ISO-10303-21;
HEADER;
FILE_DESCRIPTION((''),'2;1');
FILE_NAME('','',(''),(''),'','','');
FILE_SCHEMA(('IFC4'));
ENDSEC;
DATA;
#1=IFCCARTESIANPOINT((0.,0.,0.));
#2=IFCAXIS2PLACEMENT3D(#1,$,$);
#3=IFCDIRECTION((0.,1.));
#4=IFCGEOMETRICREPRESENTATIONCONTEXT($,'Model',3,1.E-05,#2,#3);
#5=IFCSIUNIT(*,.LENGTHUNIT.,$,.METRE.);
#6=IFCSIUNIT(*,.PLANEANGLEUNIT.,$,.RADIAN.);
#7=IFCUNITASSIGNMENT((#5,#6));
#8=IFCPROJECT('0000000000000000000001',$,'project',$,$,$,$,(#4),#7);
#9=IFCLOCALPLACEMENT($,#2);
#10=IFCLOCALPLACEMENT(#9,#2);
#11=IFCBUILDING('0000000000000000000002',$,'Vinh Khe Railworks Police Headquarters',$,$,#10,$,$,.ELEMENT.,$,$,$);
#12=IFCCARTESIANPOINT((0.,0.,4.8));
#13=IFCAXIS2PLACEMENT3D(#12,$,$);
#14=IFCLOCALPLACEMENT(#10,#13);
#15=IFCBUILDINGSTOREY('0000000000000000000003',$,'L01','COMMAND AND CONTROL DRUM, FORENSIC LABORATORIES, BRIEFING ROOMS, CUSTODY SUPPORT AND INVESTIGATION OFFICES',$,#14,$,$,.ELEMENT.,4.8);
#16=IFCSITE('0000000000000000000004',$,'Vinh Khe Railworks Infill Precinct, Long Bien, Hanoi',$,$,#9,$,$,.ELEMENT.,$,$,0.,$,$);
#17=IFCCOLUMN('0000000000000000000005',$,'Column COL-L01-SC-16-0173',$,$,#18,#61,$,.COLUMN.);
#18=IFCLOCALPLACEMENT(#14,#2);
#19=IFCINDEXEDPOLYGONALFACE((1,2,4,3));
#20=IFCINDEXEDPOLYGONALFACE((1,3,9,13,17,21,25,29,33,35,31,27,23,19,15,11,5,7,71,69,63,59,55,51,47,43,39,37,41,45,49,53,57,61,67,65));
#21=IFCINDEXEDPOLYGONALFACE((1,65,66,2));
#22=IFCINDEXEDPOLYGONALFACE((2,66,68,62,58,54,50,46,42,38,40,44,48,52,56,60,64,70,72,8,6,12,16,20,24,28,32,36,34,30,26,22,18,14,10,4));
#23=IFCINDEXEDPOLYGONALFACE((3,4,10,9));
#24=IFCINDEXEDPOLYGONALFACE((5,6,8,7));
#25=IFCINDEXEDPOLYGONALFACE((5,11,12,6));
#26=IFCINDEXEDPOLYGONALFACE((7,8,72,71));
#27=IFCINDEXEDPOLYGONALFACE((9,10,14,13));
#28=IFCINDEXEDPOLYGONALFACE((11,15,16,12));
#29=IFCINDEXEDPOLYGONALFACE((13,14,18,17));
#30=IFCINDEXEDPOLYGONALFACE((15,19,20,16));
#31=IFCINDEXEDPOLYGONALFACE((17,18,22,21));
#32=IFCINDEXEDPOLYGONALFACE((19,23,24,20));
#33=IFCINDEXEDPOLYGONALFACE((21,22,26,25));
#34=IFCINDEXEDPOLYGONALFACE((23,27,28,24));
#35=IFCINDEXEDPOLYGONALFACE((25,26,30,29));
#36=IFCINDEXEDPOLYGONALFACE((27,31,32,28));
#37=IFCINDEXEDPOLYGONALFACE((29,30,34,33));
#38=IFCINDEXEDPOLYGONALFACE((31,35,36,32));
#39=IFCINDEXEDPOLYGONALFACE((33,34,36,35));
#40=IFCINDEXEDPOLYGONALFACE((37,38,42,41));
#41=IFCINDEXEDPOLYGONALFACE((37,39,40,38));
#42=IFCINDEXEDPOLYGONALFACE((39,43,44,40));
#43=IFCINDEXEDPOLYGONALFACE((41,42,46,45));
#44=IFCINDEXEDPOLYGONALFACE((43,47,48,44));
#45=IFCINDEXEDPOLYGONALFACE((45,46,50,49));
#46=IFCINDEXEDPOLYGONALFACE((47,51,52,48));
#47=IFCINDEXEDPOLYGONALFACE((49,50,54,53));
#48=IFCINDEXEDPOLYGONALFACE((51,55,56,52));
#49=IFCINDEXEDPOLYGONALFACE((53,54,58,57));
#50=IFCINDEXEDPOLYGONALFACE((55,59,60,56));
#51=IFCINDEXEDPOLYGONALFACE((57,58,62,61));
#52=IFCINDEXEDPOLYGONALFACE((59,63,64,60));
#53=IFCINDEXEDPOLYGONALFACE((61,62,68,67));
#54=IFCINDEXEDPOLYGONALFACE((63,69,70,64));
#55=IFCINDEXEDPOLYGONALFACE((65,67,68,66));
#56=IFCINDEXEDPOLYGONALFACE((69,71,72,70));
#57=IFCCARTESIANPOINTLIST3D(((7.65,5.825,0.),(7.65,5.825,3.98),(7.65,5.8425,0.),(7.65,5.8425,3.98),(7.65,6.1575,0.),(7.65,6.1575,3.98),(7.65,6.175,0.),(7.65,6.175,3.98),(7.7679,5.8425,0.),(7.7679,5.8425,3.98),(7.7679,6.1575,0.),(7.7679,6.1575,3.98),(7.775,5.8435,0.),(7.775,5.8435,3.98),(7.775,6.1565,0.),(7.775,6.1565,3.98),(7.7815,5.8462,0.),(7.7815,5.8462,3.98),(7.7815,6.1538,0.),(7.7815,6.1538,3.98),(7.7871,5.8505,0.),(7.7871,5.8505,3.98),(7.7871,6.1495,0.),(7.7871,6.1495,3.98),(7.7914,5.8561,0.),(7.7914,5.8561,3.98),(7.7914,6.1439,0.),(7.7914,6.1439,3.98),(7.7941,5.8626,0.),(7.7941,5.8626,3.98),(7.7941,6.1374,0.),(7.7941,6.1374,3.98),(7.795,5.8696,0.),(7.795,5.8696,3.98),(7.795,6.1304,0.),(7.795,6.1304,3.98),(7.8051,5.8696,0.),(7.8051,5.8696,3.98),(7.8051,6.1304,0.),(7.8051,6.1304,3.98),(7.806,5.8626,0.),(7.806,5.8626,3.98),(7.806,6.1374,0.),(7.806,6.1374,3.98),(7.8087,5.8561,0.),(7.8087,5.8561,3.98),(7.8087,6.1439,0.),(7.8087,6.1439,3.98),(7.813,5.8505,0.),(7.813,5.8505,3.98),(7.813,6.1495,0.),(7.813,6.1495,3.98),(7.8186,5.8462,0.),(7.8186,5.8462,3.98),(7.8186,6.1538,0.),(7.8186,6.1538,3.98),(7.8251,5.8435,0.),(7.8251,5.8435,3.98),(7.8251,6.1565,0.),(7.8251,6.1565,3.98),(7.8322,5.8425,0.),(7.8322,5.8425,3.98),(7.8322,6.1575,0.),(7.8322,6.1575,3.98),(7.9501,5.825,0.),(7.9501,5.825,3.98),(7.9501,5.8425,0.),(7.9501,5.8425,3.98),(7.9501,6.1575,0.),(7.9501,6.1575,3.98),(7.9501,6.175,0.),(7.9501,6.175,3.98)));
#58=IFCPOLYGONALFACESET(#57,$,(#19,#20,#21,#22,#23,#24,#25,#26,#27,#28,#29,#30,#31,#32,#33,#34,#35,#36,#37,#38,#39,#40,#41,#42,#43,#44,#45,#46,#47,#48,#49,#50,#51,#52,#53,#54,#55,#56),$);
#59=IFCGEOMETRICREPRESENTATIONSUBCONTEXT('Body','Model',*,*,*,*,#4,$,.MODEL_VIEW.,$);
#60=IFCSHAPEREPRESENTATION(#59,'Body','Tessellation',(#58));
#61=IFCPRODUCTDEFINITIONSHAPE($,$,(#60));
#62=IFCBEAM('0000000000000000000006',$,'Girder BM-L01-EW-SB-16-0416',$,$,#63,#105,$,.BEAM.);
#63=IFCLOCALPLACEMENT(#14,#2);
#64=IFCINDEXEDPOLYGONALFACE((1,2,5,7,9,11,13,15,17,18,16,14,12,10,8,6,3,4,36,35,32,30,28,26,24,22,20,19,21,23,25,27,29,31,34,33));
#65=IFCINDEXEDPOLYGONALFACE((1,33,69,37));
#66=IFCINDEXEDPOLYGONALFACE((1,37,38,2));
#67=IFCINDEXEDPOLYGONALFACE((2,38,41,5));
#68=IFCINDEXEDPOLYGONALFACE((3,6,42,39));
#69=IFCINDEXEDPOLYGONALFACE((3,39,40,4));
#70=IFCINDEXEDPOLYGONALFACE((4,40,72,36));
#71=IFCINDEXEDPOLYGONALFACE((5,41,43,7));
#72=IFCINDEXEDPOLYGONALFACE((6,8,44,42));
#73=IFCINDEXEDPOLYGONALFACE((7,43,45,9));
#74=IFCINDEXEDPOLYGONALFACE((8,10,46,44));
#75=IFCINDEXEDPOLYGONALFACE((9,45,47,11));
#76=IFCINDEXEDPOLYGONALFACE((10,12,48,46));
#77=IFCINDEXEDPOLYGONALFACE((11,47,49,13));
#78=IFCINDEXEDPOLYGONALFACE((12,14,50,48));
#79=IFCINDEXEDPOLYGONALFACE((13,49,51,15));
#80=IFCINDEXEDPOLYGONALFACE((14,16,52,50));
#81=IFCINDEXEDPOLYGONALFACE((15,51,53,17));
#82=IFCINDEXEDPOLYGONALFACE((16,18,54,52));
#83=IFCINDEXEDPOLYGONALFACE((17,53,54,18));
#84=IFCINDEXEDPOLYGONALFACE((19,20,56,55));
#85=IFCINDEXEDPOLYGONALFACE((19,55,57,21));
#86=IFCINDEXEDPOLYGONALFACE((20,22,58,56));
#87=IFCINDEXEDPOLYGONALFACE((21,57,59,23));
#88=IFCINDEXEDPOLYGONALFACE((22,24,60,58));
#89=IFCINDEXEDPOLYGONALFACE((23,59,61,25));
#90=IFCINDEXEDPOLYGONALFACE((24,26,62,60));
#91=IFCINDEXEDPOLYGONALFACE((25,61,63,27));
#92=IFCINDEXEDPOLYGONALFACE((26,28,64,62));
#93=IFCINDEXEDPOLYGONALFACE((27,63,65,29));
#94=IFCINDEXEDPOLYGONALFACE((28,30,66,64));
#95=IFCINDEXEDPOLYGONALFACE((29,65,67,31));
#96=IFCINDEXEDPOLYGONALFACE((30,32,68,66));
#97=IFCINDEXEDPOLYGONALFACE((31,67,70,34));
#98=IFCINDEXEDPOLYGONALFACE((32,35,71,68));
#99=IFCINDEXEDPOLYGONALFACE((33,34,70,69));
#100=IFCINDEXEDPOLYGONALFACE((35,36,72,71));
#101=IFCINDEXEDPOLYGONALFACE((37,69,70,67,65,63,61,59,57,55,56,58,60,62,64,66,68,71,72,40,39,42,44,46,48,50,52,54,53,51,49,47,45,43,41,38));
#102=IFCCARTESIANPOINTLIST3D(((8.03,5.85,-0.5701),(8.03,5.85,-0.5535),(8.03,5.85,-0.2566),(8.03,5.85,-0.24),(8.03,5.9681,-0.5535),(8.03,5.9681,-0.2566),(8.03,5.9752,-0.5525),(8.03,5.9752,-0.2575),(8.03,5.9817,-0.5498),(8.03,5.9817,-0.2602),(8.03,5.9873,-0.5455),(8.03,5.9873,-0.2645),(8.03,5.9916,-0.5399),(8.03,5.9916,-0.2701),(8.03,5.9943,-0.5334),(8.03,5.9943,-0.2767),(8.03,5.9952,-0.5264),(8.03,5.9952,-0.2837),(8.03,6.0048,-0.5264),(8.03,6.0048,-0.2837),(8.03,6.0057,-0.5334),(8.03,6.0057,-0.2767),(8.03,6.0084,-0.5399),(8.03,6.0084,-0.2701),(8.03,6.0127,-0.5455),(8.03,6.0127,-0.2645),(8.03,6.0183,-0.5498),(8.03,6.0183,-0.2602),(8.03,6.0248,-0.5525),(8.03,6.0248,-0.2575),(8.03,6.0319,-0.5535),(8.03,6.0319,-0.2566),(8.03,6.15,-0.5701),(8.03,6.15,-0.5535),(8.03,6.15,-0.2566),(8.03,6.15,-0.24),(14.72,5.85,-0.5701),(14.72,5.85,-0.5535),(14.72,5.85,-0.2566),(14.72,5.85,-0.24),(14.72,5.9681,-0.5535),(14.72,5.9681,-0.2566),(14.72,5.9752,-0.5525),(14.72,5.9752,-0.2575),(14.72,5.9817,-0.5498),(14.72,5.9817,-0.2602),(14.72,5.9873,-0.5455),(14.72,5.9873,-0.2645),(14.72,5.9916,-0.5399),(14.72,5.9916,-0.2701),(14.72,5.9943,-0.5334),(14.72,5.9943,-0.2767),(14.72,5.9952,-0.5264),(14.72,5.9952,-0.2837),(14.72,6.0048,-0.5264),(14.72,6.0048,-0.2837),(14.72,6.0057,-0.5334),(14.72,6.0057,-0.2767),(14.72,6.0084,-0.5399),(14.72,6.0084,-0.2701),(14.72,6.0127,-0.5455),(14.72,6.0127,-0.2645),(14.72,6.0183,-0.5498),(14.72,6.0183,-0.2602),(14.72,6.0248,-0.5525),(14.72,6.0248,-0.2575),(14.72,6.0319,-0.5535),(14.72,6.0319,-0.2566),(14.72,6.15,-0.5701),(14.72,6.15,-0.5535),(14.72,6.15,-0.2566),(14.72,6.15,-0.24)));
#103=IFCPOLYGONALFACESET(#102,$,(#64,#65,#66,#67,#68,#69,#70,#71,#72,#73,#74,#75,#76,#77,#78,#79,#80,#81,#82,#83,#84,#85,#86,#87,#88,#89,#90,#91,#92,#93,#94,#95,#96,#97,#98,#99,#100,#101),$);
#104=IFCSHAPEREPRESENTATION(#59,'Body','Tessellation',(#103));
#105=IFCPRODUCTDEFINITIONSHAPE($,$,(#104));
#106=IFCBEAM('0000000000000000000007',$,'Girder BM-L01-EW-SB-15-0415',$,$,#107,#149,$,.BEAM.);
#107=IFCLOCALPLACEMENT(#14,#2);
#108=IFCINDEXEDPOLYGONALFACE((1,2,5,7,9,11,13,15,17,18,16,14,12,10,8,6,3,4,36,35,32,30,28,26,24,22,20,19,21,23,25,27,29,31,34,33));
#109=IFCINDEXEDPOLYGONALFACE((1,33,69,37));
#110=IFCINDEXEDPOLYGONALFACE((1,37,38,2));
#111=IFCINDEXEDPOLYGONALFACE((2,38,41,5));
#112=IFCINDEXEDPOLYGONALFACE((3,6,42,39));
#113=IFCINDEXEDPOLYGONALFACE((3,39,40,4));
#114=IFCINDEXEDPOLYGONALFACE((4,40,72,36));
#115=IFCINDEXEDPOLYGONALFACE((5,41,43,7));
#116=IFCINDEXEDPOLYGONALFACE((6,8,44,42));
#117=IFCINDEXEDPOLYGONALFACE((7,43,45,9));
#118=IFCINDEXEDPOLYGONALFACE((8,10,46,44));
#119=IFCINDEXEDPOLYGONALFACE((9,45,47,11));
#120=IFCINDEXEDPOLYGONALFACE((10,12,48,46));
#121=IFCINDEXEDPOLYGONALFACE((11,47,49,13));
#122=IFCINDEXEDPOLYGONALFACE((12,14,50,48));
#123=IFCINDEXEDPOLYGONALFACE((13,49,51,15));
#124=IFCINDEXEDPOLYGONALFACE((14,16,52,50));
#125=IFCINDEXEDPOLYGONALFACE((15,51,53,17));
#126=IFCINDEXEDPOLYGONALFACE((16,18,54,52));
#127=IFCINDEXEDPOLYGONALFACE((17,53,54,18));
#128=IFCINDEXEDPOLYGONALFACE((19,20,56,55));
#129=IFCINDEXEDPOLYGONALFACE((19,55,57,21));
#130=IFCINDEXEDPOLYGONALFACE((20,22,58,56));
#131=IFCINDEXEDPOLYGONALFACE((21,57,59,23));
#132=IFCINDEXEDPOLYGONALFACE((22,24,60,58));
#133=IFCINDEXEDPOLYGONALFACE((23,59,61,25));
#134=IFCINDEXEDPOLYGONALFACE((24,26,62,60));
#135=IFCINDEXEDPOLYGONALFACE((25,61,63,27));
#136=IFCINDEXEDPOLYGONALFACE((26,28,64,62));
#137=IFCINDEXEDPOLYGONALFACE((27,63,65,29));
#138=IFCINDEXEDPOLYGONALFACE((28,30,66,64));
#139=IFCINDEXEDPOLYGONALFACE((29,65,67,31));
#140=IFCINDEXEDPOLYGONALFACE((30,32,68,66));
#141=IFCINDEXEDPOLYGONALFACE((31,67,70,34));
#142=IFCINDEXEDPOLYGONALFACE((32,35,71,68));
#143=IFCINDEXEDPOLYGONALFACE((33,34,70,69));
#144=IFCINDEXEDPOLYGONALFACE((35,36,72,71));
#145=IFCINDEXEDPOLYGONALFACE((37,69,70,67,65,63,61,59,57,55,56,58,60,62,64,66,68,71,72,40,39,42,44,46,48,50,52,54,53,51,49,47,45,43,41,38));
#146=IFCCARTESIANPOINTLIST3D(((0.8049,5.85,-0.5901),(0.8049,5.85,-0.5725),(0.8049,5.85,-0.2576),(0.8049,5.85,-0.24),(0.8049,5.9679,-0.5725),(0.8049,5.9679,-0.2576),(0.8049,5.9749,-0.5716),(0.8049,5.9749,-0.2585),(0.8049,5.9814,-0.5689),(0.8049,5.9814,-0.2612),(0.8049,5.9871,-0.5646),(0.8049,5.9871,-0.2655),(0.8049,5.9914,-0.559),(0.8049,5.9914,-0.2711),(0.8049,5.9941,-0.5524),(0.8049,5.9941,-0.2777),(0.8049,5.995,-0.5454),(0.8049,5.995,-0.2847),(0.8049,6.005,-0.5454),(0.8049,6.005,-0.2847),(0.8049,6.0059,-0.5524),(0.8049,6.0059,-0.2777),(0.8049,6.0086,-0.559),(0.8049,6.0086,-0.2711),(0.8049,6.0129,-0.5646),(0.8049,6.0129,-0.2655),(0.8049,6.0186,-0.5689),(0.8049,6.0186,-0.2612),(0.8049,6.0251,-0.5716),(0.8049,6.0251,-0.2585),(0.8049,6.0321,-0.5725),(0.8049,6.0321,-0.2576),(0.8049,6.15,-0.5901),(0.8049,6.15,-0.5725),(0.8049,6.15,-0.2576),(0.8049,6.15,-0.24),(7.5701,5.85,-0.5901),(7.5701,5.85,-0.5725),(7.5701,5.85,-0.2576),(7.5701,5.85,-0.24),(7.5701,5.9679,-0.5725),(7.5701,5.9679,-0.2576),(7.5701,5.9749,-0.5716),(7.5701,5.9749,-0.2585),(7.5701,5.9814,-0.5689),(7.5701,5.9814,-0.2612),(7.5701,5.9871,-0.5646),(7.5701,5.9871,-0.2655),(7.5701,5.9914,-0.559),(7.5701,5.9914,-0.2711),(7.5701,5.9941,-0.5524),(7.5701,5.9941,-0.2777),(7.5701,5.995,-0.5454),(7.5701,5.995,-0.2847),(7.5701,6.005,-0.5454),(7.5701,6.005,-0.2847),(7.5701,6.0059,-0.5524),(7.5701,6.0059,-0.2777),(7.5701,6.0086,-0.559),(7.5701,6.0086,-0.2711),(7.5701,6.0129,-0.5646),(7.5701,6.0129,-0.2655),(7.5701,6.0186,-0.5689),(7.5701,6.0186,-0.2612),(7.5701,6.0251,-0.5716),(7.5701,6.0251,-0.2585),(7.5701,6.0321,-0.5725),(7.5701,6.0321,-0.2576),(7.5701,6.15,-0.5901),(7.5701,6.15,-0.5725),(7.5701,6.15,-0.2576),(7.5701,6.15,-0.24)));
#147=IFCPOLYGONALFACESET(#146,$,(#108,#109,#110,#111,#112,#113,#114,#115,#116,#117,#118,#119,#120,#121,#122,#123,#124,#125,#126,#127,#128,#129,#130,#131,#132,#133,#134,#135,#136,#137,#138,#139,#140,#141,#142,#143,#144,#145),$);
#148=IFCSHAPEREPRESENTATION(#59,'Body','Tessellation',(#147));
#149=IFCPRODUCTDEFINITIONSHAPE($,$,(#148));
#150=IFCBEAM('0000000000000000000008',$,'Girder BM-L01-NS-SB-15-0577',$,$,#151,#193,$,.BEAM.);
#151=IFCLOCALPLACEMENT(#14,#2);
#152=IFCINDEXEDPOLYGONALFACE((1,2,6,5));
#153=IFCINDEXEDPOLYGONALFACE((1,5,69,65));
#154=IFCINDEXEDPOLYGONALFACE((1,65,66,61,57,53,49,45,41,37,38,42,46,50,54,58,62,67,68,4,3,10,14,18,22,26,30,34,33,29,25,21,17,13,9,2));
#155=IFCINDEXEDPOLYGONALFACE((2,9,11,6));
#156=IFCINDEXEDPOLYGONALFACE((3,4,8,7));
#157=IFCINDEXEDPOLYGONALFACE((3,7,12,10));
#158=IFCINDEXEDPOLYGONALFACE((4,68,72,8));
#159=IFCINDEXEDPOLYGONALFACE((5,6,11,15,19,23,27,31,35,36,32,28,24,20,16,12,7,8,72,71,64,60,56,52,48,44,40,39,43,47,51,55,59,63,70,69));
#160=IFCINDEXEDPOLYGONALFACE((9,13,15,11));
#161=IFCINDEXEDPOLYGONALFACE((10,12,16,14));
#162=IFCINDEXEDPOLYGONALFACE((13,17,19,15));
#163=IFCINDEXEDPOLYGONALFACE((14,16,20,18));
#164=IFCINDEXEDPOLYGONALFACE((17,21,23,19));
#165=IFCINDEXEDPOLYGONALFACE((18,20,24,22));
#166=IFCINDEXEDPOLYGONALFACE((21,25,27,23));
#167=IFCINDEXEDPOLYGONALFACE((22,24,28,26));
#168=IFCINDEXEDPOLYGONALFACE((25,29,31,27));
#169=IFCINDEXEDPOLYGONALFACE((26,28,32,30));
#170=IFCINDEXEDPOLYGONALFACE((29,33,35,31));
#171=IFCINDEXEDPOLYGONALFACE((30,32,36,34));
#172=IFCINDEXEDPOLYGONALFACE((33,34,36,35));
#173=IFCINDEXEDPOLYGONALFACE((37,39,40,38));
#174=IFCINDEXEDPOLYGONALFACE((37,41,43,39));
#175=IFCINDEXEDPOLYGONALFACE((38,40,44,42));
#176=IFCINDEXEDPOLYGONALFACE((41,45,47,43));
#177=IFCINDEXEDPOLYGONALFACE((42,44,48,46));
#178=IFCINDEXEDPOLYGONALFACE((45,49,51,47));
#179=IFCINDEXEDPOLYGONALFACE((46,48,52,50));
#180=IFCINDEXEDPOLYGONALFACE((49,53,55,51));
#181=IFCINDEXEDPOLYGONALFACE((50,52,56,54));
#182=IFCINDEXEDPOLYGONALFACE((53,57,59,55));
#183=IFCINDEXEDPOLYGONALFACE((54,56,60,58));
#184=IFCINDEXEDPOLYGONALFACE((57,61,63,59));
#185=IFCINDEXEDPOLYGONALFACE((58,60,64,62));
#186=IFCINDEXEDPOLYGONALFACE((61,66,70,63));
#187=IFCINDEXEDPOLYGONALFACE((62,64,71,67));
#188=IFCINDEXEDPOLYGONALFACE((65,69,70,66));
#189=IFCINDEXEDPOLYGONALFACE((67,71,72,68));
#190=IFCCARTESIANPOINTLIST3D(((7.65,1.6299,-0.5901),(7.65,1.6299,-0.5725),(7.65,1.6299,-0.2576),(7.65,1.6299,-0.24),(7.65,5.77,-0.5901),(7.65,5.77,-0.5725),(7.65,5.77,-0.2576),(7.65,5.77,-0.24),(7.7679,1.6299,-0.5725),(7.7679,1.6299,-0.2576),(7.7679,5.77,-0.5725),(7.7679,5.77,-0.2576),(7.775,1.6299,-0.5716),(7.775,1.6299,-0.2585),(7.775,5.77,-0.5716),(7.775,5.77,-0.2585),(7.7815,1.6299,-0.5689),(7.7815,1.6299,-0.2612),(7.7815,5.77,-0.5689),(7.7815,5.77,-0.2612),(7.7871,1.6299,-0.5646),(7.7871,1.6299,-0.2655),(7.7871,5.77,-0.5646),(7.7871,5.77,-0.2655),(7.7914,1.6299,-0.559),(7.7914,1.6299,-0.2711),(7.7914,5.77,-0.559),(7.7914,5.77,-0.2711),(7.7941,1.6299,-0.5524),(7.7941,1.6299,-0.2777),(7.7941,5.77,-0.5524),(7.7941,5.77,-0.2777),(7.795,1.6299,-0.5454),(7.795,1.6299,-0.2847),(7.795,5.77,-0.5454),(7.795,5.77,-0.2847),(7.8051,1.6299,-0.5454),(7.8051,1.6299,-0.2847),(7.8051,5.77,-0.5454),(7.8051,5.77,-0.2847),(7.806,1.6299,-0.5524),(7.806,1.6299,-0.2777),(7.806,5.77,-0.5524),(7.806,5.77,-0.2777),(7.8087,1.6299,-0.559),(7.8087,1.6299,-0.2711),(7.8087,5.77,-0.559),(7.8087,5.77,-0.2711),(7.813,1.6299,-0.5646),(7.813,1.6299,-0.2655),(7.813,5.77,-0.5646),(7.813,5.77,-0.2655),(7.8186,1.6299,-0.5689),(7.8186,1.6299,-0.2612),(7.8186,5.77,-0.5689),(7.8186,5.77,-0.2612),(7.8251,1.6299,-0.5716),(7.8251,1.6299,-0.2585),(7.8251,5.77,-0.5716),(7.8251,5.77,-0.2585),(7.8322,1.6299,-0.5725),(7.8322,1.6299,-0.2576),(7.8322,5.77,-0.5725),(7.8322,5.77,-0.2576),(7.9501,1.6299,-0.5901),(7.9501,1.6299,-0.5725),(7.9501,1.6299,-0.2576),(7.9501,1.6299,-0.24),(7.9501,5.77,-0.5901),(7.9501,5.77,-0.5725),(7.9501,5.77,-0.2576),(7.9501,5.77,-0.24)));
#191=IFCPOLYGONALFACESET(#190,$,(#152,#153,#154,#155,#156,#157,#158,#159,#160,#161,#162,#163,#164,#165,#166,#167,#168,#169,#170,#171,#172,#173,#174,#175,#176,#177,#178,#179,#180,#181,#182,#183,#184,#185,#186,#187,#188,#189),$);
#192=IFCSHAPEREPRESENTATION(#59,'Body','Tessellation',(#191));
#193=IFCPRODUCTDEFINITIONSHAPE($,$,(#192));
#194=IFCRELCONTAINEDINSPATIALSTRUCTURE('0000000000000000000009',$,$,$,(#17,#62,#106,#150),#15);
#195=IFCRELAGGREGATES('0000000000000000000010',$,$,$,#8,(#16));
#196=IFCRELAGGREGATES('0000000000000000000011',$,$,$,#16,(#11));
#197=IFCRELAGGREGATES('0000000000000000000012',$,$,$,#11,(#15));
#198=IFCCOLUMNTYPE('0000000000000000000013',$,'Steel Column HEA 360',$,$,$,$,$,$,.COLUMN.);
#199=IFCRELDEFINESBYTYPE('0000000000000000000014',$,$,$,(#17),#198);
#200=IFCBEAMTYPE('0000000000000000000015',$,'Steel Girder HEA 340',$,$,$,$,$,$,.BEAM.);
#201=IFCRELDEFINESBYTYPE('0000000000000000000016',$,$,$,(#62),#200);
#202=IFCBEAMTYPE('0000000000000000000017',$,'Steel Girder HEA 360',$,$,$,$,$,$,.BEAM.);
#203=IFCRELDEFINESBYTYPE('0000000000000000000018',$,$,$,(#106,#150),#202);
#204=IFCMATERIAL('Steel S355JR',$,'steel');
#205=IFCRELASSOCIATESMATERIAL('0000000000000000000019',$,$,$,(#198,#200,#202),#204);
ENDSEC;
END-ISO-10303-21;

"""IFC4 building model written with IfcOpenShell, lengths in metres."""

from ifc_helpers import new_model, si_unit, direction, frame, origin, origin_2d, place, context, subcontext, project, spatial, i_section, extrude, material, material_profile, profile_set, type_object, element, save


model = new_model("IFC4")

# Units and contexts
model_context = context("Model", 3, precision=1e-05, world=origin(), true_north=direction((0.0, 1.0)))
body_context = subcontext(model_context, "Body", "Model", "MODEL_VIEW")
ifc_project = project(units=[si_unit("LENGTHUNIT", "METRE"), si_unit("PLANEANGLEUNIT", "RADIAN")], contexts=[model_context])

# Site, building, storey
site_placement = place(None, origin())
site = spatial("IfcSite", under=ifc_project, at=site_placement, Name="Vinh Khe Railworks Infill Precinct, Long Bien, Hanoi", CompositionType="ELEMENT", RefElevation=0.0)
building_placement = place(site_placement, origin())
building = spatial("IfcBuilding", under=site, at=building_placement, Name="Vinh Khe Railworks Police Headquarters", CompositionType="ELEMENT")
storey_placement = place(building_placement, frame((0.0, 0.0, 4.8)))
storey = spatial("IfcBuildingStorey", under=building, at=storey_placement, Name="L01", Description="COMMAND AND CONTROL DRUM, FORENSIC LABORATORIES, BRIEFING ROOMS, CUSTODY SUPPORT AND INVESTIGATION OFFICES", CompositionType="ELEMENT", Elevation=4.8)

# Column
ifc_material_1 = material(Name="Steel S355JR", Category="steel")
ifc_material_profile_1 = material_profile(ifc_material_1, i_section(OverallWidth=0.3, OverallDepth=0.3501, WebThickness=0.01, FlangeThickness=0.0176, FilletRadius=0.0271, at=origin_2d()), Name="HEA 360")
ifc_profile_set_1 = profile_set([ifc_material_profile_1], Name="Steel S355JR")
column_type_1 = type_object("IfcColumnType", Name="Steel Column HEA 360", PredefinedType="COLUMN", material=ifc_profile_set_1)
column_1_placement = place(storey_placement, frame((7.8, 6.0, 0.0), z_axis=(0.0, 0.0, 1.0), x_axis=(1.0, 0.0, 0.0)))
element("IfcColumn", 1, at=column_1_placement, inside=storey, type_object=column_type_1, Name="Column COL-L01-SC-16-0173", PredefinedType="COLUMN", context=body_context, shape_type="SweptSolid", body=[
    extrude(i_section(OverallWidth=0.3, OverallDepth=0.3501, WebThickness=0.01, FlangeThickness=0.0176, FilletRadius=0.0271, at=origin_2d()), origin(), (0.0, 0.0, 1.0), 3.98),
])

# Beams
ifc_material_profile_2 = material_profile(ifc_material_1, i_section(OverallWidth=0.3, OverallDepth=0.3301, WebThickness=0.0095, FlangeThickness=0.0166, FilletRadius=0.0271, at=origin_2d()), Name="HEA 340")
ifc_profile_set_2 = profile_set([ifc_material_profile_2], Name="Steel S355JR")
beam_type_1 = type_object("IfcBeamType", Name="Steel Girder HEA 340", PredefinedType="BEAM", material=ifc_profile_set_2)
beam_1_placement = place(storey_placement, frame((8.03, 6.0, -0.405), z_axis=(1.0, 0.0, 0.0), x_axis=(0.0, 1.0, 0.0)))
element("IfcBeam", 2, at=beam_1_placement, inside=storey, type_object=beam_type_1, Name="Girder BM-L01-EW-SB-16-0416", PredefinedType="BEAM", context=body_context, shape_type="SweptSolid", body=[
    extrude(i_section(OverallWidth=0.3, OverallDepth=0.3301, WebThickness=0.0095, FlangeThickness=0.0166, FilletRadius=0.0271, at=origin_2d()), origin(), (0.0, 0.0, 1.0), 6.6899),
])
ifc_material_profile_3 = material_profile(ifc_material_1, i_section(OverallWidth=0.3, OverallDepth=0.3501, WebThickness=0.01, FlangeThickness=0.0176, FilletRadius=0.0271, at=origin_2d()), Name="HEA 360")
ifc_profile_set_3 = profile_set([ifc_material_profile_3], Name="Steel S355JR")
beam_type_2 = type_object("IfcBeamType", Name="Steel Girder HEA 360", PredefinedType="BEAM", material=ifc_profile_set_3)
beam_2_placement = place(storey_placement, frame((0.8049, 6.0, -0.415), z_axis=(1.0, 0.0, 0.0), x_axis=(0.0, 1.0, 0.0)))
element("IfcBeam", 3, at=beam_2_placement, inside=storey, type_object=beam_type_2, Name="Girder BM-L01-EW-SB-15-0415", PredefinedType="BEAM", context=body_context, shape_type="SweptSolid", body=[
    extrude(i_section(OverallWidth=0.3, OverallDepth=0.3501, WebThickness=0.01, FlangeThickness=0.0176, FilletRadius=0.0271, at=origin_2d()), origin(), (0.0, 0.0, 1.0), 6.7651),
])
beam_3_placement = place(storey_placement, frame((7.8, 1.6299, -0.415), z_axis=(0.0, 1.0, 0.0), x_axis=(-1.0, 0.0, 0.0)))
element("IfcBeam", 4, at=beam_3_placement, inside=storey, type_object=beam_type_2, Name="Girder BM-L01-NS-SB-15-0577", PredefinedType="BEAM", context=body_context, shape_type="SweptSolid", body=[
    extrude(i_section(OverallWidth=0.3, OverallDepth=0.3501, WebThickness=0.01, FlangeThickness=0.0176, FilletRadius=0.0271, at=origin_2d()), origin(), (0.0, 0.0, 1.0), 4.1401),
])

save(model, "model.ifc")
